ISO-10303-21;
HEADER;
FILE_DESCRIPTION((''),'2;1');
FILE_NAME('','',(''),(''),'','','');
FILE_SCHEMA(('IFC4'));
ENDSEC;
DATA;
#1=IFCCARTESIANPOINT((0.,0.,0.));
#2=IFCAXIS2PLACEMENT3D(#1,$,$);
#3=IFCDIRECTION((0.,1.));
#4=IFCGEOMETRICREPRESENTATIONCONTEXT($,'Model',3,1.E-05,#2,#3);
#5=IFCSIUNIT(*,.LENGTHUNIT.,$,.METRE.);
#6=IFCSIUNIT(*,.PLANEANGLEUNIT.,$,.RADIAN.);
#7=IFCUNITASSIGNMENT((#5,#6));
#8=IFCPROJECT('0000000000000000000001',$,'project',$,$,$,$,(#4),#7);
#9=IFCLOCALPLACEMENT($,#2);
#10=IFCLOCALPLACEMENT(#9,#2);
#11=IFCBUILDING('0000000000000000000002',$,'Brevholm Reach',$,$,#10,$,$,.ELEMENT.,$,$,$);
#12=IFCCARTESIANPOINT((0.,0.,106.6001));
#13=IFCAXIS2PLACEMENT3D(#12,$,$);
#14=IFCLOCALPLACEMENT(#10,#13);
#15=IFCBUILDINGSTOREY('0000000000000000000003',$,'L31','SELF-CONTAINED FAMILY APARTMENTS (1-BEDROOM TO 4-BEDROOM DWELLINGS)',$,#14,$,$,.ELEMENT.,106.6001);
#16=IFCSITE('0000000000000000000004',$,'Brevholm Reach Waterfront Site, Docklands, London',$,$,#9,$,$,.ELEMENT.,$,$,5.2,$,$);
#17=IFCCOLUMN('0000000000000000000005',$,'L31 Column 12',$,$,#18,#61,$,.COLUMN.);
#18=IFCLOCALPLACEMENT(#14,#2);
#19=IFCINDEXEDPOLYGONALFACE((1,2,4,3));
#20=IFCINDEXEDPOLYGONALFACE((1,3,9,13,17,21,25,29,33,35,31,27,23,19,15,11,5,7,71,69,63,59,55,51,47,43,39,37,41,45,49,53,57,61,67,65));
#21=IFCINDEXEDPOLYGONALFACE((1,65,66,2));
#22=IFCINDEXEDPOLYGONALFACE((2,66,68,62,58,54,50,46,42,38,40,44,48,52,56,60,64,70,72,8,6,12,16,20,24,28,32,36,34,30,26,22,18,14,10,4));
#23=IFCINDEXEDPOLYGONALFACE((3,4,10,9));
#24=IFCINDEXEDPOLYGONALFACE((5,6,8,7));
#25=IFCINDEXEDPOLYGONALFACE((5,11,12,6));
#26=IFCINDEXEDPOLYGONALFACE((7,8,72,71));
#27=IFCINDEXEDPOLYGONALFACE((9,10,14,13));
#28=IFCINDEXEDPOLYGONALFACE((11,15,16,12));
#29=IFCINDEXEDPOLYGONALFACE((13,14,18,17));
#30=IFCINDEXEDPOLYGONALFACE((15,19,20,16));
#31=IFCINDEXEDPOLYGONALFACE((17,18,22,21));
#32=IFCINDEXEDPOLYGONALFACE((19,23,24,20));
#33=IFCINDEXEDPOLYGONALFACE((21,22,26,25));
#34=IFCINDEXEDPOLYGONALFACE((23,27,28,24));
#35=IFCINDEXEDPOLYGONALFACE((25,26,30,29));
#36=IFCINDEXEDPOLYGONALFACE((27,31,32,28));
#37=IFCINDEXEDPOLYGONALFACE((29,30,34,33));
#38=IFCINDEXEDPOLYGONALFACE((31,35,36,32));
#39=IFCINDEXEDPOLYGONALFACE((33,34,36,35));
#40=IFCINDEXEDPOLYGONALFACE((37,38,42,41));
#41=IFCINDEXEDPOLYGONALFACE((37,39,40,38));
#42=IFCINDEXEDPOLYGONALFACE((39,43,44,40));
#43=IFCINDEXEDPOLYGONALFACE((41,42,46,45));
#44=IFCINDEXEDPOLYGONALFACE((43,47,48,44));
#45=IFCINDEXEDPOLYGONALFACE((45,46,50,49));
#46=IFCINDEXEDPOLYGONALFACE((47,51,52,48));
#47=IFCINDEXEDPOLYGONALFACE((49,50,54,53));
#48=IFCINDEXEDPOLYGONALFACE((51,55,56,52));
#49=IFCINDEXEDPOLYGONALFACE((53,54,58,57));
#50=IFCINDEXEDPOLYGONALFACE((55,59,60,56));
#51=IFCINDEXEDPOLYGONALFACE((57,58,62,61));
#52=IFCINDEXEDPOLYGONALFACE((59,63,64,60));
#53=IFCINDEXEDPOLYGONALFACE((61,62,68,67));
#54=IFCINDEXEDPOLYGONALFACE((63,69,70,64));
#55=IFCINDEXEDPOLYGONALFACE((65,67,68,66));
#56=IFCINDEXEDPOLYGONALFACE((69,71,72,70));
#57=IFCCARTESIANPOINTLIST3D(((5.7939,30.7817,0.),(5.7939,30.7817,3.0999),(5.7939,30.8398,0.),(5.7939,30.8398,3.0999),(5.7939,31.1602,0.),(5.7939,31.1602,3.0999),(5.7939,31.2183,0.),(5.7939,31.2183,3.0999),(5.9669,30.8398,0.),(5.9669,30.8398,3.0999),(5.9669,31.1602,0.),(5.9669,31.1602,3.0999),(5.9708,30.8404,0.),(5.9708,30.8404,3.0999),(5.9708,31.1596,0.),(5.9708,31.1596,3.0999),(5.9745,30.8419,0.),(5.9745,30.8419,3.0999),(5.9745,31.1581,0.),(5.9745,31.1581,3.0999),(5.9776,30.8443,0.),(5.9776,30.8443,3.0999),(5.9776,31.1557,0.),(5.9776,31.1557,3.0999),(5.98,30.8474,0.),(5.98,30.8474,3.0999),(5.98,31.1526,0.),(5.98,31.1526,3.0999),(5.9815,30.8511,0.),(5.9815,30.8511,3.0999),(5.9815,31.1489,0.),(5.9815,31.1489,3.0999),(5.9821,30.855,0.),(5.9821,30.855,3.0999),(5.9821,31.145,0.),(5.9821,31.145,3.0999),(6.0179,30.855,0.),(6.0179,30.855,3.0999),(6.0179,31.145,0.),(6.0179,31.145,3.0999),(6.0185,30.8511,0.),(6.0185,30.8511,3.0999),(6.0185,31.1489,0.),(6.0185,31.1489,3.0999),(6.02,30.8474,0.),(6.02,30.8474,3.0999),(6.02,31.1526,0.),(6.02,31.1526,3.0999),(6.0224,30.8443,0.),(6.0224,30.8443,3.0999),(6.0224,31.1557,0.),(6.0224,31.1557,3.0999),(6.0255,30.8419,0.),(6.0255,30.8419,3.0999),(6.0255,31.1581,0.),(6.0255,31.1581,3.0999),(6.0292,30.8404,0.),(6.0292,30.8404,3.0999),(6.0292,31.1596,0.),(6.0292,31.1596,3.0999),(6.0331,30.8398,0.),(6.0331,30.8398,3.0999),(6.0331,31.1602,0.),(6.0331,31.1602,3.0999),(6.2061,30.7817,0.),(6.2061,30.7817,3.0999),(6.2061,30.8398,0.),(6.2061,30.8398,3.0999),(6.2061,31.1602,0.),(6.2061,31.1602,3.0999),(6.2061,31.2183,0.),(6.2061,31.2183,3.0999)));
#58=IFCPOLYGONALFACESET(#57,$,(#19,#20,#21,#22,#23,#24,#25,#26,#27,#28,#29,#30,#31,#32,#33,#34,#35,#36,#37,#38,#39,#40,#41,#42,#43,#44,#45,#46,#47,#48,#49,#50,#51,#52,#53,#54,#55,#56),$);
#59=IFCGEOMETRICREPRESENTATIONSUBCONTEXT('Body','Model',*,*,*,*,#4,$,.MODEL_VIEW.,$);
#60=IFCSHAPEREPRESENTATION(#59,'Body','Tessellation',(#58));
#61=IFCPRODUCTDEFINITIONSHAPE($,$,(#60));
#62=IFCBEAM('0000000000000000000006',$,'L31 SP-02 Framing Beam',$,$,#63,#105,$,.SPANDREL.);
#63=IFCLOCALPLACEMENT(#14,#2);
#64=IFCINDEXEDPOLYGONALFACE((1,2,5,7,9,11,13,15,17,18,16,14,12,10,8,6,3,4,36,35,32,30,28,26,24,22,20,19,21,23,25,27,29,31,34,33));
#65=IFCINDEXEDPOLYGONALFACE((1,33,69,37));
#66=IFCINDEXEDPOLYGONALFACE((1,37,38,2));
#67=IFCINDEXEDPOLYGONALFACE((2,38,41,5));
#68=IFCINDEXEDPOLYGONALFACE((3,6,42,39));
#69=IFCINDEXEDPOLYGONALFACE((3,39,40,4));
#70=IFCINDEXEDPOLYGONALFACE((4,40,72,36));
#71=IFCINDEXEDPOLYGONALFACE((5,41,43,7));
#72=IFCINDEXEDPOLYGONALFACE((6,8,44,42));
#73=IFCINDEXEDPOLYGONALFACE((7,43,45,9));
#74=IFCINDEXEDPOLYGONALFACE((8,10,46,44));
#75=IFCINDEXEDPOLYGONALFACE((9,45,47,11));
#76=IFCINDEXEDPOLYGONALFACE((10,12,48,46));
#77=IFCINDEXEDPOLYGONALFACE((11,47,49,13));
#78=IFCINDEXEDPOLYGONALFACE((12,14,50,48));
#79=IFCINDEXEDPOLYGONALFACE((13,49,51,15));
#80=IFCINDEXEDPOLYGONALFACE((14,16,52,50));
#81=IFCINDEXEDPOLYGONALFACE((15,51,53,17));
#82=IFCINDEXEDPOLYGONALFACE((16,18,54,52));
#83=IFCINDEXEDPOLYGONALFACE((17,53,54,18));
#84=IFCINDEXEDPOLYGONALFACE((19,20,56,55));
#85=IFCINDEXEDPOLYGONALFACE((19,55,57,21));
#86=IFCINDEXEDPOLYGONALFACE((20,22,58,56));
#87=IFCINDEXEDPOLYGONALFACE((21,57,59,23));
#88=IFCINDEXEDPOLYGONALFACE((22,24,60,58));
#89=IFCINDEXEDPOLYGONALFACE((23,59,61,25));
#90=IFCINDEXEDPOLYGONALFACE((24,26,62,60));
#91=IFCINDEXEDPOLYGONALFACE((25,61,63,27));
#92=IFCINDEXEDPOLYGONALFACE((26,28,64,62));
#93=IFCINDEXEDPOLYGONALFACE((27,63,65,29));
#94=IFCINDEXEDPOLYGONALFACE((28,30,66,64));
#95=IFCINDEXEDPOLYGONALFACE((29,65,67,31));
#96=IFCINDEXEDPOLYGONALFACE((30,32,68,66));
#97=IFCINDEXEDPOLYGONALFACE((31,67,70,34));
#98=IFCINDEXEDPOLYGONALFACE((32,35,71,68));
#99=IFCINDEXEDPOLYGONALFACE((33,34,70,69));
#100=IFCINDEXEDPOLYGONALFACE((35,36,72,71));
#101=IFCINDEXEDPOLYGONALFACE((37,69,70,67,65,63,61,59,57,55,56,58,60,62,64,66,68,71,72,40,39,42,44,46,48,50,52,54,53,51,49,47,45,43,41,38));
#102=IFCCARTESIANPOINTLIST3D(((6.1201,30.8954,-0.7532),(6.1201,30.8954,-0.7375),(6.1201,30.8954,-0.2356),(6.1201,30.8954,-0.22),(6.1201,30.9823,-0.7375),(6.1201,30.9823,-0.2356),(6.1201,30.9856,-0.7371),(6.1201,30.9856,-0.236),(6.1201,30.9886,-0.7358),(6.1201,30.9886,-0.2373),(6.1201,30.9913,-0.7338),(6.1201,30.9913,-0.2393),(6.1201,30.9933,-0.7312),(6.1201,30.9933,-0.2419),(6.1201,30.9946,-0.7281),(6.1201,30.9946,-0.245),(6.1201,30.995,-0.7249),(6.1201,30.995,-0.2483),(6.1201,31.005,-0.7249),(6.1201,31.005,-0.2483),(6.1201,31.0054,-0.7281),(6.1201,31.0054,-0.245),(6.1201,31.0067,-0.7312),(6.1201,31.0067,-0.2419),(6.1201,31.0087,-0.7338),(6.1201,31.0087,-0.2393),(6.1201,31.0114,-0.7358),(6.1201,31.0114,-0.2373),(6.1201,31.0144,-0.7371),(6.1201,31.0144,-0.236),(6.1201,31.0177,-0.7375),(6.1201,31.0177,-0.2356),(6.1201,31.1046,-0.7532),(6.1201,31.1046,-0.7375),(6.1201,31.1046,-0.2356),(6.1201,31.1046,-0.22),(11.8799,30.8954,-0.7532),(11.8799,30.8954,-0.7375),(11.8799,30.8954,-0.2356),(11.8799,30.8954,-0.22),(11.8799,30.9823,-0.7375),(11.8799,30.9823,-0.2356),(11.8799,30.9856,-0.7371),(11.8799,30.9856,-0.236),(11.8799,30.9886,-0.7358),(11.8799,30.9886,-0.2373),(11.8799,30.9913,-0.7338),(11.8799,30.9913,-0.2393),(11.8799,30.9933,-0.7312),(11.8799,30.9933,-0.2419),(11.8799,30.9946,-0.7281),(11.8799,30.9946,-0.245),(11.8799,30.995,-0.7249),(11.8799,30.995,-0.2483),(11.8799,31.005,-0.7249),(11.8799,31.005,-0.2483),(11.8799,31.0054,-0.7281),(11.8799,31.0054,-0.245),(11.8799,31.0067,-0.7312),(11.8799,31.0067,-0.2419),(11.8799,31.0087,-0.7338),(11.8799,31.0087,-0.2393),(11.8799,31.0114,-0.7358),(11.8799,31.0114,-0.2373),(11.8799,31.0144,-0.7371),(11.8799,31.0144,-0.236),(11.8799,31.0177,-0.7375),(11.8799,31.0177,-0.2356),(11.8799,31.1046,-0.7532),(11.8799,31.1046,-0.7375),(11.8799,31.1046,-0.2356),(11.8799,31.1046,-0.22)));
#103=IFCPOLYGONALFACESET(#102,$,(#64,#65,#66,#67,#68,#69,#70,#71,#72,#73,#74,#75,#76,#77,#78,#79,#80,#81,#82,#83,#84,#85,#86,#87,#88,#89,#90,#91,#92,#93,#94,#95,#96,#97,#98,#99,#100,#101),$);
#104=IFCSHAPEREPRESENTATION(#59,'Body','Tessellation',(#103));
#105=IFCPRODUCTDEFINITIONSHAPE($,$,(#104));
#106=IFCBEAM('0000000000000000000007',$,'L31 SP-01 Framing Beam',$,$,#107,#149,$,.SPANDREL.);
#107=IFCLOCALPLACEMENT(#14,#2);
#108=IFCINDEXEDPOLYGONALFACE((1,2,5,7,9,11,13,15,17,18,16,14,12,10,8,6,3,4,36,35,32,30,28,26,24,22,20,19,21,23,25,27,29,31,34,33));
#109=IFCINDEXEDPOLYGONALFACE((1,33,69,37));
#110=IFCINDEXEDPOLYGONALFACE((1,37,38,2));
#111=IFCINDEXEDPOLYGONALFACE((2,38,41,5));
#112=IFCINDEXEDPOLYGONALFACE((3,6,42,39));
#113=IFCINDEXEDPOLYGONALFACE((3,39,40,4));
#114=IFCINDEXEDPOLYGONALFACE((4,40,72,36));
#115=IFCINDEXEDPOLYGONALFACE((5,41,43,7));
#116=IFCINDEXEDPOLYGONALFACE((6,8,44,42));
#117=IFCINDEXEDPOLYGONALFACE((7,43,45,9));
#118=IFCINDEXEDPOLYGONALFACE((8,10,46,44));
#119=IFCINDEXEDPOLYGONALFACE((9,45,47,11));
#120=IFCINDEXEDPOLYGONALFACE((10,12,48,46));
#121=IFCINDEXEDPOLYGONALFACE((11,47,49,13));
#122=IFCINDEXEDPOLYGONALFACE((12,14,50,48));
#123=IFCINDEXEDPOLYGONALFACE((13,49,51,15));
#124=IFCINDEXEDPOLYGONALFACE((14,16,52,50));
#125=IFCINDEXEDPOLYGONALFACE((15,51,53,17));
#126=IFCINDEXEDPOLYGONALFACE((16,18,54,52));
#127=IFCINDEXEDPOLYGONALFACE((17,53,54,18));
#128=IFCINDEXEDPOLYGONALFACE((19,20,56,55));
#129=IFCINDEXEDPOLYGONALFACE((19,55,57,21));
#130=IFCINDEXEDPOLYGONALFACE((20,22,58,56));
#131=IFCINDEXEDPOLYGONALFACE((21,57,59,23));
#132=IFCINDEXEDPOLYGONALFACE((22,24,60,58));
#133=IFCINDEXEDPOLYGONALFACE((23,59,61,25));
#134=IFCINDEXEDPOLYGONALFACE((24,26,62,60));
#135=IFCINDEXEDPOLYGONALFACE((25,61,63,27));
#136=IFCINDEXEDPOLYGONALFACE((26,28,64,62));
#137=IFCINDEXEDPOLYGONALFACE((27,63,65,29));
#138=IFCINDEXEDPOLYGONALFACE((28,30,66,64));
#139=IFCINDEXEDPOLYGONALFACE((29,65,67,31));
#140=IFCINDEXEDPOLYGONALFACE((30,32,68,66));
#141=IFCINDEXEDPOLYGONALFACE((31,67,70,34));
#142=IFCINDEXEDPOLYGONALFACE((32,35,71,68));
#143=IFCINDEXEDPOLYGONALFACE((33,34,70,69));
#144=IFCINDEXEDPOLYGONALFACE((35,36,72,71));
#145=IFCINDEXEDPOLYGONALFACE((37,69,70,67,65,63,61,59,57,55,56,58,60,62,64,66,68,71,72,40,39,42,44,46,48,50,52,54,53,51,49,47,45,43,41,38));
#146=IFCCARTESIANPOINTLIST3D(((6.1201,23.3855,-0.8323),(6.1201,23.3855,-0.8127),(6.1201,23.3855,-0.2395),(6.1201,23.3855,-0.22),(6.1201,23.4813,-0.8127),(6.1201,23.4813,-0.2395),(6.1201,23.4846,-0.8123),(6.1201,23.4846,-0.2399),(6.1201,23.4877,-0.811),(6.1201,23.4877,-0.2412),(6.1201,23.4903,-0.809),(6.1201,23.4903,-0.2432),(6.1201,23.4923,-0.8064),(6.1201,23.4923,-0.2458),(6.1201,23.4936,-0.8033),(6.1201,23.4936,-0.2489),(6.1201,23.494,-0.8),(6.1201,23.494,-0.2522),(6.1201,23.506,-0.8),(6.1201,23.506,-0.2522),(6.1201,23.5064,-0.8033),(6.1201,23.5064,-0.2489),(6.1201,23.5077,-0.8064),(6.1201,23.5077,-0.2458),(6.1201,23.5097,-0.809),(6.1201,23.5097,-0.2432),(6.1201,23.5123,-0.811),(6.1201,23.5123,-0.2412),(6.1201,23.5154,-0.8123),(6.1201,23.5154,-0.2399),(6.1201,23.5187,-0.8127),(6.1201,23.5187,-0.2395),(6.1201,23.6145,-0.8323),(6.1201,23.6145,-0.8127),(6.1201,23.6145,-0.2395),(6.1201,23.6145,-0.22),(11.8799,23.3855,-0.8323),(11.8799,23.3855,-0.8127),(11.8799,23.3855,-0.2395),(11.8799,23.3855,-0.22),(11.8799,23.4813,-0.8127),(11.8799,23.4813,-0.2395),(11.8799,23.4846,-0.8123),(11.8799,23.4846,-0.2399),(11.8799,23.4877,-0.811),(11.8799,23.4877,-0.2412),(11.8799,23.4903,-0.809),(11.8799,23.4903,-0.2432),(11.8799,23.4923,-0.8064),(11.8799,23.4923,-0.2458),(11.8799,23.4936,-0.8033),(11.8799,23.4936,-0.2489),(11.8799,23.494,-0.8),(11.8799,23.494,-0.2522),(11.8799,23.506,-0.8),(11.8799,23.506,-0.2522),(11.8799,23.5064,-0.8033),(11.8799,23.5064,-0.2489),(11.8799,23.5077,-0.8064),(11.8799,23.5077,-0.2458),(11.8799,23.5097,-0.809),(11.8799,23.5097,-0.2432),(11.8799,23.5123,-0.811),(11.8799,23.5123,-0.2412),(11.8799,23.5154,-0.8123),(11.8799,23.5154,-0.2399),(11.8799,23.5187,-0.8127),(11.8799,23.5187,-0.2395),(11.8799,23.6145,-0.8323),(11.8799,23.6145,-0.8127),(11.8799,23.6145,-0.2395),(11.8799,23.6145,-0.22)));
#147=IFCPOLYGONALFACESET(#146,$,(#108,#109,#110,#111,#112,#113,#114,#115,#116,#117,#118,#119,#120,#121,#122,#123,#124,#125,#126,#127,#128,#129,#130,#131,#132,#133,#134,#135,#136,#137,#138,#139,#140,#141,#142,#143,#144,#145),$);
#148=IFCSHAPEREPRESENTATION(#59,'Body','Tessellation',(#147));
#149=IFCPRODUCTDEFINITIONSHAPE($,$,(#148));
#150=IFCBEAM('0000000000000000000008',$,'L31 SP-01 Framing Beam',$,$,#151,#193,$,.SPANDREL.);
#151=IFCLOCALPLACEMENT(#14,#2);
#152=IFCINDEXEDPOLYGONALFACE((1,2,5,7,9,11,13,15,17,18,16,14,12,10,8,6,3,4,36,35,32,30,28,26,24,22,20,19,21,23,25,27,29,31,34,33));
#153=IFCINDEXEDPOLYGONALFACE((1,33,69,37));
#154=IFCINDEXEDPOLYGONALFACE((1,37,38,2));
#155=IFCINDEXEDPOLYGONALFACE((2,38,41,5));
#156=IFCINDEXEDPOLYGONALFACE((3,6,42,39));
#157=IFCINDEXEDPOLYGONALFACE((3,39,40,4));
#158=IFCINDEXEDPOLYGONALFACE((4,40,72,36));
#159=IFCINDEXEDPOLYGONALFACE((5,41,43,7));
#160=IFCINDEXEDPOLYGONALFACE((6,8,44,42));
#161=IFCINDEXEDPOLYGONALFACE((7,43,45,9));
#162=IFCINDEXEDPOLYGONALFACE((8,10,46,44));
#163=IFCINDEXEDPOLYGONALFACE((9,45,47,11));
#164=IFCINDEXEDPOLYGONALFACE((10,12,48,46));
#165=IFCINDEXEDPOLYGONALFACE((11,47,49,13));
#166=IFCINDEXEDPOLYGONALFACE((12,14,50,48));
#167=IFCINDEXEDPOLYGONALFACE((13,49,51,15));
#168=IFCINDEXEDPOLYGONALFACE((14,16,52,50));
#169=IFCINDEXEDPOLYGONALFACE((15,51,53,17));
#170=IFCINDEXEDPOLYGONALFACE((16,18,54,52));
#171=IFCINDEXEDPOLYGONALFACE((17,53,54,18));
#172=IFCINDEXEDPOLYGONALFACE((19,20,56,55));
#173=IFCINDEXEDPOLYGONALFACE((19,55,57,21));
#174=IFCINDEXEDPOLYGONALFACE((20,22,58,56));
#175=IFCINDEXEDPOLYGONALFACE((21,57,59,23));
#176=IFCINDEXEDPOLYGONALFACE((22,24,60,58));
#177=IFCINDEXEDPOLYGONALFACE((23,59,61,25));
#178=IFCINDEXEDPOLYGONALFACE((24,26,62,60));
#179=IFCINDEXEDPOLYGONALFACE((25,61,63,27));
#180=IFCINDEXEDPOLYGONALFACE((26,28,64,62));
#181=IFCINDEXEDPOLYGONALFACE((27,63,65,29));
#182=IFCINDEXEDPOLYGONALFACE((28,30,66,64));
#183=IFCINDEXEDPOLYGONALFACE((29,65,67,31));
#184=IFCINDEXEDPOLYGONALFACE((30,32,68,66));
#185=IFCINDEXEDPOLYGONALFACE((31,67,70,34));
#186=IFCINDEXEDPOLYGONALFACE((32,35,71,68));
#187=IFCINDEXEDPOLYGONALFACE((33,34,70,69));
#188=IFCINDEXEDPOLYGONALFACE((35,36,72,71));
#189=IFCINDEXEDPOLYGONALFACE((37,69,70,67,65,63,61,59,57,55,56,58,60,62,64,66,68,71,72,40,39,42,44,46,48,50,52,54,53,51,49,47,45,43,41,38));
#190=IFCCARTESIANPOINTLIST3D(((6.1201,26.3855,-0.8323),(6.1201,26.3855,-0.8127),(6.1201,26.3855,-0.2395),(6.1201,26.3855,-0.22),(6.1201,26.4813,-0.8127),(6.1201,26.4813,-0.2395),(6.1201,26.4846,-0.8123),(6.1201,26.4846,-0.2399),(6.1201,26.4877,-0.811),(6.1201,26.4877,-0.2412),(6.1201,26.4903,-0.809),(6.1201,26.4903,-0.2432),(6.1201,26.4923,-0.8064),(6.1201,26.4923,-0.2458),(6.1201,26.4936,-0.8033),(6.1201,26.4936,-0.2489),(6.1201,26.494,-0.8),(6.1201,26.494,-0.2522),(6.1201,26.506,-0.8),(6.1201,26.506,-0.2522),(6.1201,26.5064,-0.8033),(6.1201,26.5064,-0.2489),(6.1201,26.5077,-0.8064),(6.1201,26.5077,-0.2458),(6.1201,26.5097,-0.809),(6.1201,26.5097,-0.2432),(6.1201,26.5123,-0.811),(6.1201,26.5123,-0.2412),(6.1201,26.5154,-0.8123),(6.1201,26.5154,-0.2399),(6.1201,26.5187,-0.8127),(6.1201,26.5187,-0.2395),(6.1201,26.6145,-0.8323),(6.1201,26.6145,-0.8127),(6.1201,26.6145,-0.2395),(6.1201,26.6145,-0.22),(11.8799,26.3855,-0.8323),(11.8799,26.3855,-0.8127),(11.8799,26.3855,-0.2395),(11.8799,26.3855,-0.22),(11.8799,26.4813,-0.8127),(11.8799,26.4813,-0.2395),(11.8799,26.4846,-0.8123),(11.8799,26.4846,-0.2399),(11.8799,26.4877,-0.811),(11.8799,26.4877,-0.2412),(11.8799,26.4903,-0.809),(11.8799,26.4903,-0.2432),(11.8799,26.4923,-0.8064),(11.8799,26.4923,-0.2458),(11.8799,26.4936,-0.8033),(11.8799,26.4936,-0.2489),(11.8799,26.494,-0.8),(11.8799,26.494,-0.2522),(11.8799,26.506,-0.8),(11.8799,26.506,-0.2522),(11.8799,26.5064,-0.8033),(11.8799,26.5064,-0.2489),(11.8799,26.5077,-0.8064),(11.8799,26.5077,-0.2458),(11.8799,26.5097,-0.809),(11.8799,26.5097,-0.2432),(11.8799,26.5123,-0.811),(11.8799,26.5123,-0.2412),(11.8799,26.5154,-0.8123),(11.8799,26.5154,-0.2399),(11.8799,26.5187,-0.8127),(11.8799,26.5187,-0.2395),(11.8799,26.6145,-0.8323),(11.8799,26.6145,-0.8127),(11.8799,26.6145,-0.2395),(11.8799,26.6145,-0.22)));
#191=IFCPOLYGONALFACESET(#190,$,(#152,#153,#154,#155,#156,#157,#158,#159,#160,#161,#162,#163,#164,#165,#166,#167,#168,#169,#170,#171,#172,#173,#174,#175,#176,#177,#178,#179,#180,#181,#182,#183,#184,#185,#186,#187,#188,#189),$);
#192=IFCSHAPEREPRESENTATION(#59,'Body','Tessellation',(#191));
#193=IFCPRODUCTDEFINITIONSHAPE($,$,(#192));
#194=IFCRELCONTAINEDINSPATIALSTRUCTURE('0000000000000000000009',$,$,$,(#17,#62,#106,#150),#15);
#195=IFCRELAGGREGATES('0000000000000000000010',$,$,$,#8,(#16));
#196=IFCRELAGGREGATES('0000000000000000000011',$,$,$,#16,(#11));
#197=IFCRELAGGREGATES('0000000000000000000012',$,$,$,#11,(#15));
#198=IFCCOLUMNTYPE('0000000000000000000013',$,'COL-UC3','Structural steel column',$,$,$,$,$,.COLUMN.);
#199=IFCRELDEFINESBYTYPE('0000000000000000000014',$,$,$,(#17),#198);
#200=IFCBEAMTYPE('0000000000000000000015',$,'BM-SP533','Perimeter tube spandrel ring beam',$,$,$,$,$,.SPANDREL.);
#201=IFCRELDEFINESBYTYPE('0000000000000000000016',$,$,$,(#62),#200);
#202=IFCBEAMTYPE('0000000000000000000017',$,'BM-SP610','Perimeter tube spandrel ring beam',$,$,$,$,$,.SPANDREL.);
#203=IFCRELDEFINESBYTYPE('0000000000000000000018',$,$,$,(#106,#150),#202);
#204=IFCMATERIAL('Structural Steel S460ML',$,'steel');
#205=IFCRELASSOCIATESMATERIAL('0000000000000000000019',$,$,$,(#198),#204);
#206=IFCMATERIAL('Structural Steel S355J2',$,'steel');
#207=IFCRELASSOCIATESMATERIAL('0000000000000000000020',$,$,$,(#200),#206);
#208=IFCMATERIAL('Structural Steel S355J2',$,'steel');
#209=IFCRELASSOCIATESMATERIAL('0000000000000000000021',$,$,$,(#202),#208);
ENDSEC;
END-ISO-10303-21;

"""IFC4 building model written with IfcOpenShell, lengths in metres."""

from ifc_helpers import new_model, si_unit, direction, frame, origin, origin_2d, place, context, subcontext, project, spatial, i_section, extrude, material, material_profile, profile_set, type_object, element, save


model = new_model("IFC4")

# Units and contexts
model_context = context("Model", 3, precision=1e-05, world=origin(), true_north=direction((0.0, 1.0)))
body_context = subcontext(model_context, "Body", "Model", "MODEL_VIEW")
ifc_project = project(units=[si_unit("LENGTHUNIT", "METRE"), si_unit("PLANEANGLEUNIT", "RADIAN")], contexts=[model_context])

# Site, building, storey
site_placement = place(None, origin())
site = spatial("IfcSite", under=ifc_project, at=site_placement, Name="Brevholm Reach Waterfront Site, Docklands, London", CompositionType="ELEMENT", RefElevation=5.2)
building_placement = place(site_placement, origin())
building = spatial("IfcBuilding", under=site, at=building_placement, Name="Brevholm Reach", CompositionType="ELEMENT")
storey_placement = place(building_placement, frame((0.0, 0.0, 106.6001)))
storey = spatial("IfcBuildingStorey", under=building, at=storey_placement, Name="L31", Description="SELF-CONTAINED FAMILY APARTMENTS (1-BEDROOM TO 4-BEDROOM DWELLINGS)", CompositionType="ELEMENT", Elevation=106.6001)

# Column
ifc_material_1 = material(Name="Structural Steel S460ML", Category="steel")
ifc_material_profile_1 = material_profile(ifc_material_1, i_section(OverallWidth=0.4121, OverallDepth=0.4365, WebThickness=0.0359, FlangeThickness=0.0581, FilletRadius=0.0151, at=origin_2d()), Name="UKC 356x406x467")
ifc_profile_set_1 = profile_set([ifc_material_profile_1], Name="Structural Steel S460ML")
column_type = type_object("IfcColumnType", Name="COL-UC3", Description="Structural steel column", PredefinedType="COLUMN", material=ifc_profile_set_1)
column_placement = place(storey_placement, frame((6.0, 31.0, 0.0), z_axis=(0.0, 0.0, 1.0), x_axis=(1.0, 0.0, 0.0)))
element("IfcColumn", 1, at=column_placement, inside=storey, type_object=column_type, Name="L31 Column 12", PredefinedType="COLUMN", context=body_context, shape_type="SweptSolid", body=[
    extrude(i_section(OverallWidth=0.4121, OverallDepth=0.4365, WebThickness=0.0359, FlangeThickness=0.0581, FilletRadius=0.0151, at=origin_2d()), origin(), (0.0, 0.0, 1.0), 3.0999),
])

# Beams
ifc_material_2 = material(Name="Structural Steel S355J2", Category="steel")
ifc_material_profile_2 = material_profile(ifc_material_2, i_section(OverallWidth=0.2092, OverallDepth=0.5332, WebThickness=0.01, FlangeThickness=0.0156, FilletRadius=0.0127, at=origin_2d()), Name="UKB 533x210x92")
ifc_profile_set_2 = profile_set([ifc_material_profile_2], Name="Structural Steel S355J2")
beam_type_1 = type_object("IfcBeamType", Name="BM-SP533", Description="Perimeter tube spandrel ring beam", PredefinedType="SPANDREL", material=ifc_profile_set_2)
beam_1_placement = place(storey_placement, frame((6.1201, 31.0, -0.4866), z_axis=(1.0, 0.0, 0.0), x_axis=(0.0, 1.0, 0.0)))
element("IfcBeam", 2, at=beam_1_placement, inside=storey, type_object=beam_type_1, Name="L31 SP-02 Framing Beam", PredefinedType="SPANDREL", context=body_context, shape_type="SweptSolid", body=[
    extrude(i_section(OverallWidth=0.2092, OverallDepth=0.5332, WebThickness=0.01, FlangeThickness=0.0156, FilletRadius=0.0127, at=origin_2d()), origin(), (0.0, 0.0, 1.0), 5.7598),
])
ifc_material_3 = material(Name="Structural Steel S355J2", Category="steel")
ifc_material_profile_3 = material_profile(ifc_material_3, i_section(OverallWidth=0.229, OverallDepth=0.6123, WebThickness=0.012, FlangeThickness=0.0195, FilletRadius=0.0127, at=origin_2d()), Name="UKB 610x229x125")
ifc_profile_set_3 = profile_set([ifc_material_profile_3], Name="Structural Steel S355J2")
beam_type_2 = type_object("IfcBeamType", Name="BM-SP610", Description="Perimeter tube spandrel ring beam", PredefinedType="SPANDREL", material=ifc_profile_set_3)
for number, where, z_axis, x_axis, name in (
    (3, (6.1201, 23.5, -0.5261), (1.0, 0.0, 0.0), (0.0, 1.0, 0.0), "L31 SP-01 Framing Beam"),
    (4, (6.1201, 26.5, -0.5261), (1.0, 0.0, 0.0), (0.0, 1.0, 0.0), "L31 SP-01 Framing Beam"),
):
    element("IfcBeam", number, at=place(storey_placement, frame(where, z_axis=z_axis, x_axis=x_axis)), inside=storey, type_object=beam_type_2, Name=name, PredefinedType="SPANDREL", context=body_context, shape_type="SweptSolid", body=[
        extrude(i_section(OverallWidth=0.229, OverallDepth=0.6123, WebThickness=0.012, FlangeThickness=0.0195, FilletRadius=0.0127, at=origin_2d()), origin(), (0.0, 0.0, 1.0), 5.7598),
    ])

save(model, "model.ifc")
